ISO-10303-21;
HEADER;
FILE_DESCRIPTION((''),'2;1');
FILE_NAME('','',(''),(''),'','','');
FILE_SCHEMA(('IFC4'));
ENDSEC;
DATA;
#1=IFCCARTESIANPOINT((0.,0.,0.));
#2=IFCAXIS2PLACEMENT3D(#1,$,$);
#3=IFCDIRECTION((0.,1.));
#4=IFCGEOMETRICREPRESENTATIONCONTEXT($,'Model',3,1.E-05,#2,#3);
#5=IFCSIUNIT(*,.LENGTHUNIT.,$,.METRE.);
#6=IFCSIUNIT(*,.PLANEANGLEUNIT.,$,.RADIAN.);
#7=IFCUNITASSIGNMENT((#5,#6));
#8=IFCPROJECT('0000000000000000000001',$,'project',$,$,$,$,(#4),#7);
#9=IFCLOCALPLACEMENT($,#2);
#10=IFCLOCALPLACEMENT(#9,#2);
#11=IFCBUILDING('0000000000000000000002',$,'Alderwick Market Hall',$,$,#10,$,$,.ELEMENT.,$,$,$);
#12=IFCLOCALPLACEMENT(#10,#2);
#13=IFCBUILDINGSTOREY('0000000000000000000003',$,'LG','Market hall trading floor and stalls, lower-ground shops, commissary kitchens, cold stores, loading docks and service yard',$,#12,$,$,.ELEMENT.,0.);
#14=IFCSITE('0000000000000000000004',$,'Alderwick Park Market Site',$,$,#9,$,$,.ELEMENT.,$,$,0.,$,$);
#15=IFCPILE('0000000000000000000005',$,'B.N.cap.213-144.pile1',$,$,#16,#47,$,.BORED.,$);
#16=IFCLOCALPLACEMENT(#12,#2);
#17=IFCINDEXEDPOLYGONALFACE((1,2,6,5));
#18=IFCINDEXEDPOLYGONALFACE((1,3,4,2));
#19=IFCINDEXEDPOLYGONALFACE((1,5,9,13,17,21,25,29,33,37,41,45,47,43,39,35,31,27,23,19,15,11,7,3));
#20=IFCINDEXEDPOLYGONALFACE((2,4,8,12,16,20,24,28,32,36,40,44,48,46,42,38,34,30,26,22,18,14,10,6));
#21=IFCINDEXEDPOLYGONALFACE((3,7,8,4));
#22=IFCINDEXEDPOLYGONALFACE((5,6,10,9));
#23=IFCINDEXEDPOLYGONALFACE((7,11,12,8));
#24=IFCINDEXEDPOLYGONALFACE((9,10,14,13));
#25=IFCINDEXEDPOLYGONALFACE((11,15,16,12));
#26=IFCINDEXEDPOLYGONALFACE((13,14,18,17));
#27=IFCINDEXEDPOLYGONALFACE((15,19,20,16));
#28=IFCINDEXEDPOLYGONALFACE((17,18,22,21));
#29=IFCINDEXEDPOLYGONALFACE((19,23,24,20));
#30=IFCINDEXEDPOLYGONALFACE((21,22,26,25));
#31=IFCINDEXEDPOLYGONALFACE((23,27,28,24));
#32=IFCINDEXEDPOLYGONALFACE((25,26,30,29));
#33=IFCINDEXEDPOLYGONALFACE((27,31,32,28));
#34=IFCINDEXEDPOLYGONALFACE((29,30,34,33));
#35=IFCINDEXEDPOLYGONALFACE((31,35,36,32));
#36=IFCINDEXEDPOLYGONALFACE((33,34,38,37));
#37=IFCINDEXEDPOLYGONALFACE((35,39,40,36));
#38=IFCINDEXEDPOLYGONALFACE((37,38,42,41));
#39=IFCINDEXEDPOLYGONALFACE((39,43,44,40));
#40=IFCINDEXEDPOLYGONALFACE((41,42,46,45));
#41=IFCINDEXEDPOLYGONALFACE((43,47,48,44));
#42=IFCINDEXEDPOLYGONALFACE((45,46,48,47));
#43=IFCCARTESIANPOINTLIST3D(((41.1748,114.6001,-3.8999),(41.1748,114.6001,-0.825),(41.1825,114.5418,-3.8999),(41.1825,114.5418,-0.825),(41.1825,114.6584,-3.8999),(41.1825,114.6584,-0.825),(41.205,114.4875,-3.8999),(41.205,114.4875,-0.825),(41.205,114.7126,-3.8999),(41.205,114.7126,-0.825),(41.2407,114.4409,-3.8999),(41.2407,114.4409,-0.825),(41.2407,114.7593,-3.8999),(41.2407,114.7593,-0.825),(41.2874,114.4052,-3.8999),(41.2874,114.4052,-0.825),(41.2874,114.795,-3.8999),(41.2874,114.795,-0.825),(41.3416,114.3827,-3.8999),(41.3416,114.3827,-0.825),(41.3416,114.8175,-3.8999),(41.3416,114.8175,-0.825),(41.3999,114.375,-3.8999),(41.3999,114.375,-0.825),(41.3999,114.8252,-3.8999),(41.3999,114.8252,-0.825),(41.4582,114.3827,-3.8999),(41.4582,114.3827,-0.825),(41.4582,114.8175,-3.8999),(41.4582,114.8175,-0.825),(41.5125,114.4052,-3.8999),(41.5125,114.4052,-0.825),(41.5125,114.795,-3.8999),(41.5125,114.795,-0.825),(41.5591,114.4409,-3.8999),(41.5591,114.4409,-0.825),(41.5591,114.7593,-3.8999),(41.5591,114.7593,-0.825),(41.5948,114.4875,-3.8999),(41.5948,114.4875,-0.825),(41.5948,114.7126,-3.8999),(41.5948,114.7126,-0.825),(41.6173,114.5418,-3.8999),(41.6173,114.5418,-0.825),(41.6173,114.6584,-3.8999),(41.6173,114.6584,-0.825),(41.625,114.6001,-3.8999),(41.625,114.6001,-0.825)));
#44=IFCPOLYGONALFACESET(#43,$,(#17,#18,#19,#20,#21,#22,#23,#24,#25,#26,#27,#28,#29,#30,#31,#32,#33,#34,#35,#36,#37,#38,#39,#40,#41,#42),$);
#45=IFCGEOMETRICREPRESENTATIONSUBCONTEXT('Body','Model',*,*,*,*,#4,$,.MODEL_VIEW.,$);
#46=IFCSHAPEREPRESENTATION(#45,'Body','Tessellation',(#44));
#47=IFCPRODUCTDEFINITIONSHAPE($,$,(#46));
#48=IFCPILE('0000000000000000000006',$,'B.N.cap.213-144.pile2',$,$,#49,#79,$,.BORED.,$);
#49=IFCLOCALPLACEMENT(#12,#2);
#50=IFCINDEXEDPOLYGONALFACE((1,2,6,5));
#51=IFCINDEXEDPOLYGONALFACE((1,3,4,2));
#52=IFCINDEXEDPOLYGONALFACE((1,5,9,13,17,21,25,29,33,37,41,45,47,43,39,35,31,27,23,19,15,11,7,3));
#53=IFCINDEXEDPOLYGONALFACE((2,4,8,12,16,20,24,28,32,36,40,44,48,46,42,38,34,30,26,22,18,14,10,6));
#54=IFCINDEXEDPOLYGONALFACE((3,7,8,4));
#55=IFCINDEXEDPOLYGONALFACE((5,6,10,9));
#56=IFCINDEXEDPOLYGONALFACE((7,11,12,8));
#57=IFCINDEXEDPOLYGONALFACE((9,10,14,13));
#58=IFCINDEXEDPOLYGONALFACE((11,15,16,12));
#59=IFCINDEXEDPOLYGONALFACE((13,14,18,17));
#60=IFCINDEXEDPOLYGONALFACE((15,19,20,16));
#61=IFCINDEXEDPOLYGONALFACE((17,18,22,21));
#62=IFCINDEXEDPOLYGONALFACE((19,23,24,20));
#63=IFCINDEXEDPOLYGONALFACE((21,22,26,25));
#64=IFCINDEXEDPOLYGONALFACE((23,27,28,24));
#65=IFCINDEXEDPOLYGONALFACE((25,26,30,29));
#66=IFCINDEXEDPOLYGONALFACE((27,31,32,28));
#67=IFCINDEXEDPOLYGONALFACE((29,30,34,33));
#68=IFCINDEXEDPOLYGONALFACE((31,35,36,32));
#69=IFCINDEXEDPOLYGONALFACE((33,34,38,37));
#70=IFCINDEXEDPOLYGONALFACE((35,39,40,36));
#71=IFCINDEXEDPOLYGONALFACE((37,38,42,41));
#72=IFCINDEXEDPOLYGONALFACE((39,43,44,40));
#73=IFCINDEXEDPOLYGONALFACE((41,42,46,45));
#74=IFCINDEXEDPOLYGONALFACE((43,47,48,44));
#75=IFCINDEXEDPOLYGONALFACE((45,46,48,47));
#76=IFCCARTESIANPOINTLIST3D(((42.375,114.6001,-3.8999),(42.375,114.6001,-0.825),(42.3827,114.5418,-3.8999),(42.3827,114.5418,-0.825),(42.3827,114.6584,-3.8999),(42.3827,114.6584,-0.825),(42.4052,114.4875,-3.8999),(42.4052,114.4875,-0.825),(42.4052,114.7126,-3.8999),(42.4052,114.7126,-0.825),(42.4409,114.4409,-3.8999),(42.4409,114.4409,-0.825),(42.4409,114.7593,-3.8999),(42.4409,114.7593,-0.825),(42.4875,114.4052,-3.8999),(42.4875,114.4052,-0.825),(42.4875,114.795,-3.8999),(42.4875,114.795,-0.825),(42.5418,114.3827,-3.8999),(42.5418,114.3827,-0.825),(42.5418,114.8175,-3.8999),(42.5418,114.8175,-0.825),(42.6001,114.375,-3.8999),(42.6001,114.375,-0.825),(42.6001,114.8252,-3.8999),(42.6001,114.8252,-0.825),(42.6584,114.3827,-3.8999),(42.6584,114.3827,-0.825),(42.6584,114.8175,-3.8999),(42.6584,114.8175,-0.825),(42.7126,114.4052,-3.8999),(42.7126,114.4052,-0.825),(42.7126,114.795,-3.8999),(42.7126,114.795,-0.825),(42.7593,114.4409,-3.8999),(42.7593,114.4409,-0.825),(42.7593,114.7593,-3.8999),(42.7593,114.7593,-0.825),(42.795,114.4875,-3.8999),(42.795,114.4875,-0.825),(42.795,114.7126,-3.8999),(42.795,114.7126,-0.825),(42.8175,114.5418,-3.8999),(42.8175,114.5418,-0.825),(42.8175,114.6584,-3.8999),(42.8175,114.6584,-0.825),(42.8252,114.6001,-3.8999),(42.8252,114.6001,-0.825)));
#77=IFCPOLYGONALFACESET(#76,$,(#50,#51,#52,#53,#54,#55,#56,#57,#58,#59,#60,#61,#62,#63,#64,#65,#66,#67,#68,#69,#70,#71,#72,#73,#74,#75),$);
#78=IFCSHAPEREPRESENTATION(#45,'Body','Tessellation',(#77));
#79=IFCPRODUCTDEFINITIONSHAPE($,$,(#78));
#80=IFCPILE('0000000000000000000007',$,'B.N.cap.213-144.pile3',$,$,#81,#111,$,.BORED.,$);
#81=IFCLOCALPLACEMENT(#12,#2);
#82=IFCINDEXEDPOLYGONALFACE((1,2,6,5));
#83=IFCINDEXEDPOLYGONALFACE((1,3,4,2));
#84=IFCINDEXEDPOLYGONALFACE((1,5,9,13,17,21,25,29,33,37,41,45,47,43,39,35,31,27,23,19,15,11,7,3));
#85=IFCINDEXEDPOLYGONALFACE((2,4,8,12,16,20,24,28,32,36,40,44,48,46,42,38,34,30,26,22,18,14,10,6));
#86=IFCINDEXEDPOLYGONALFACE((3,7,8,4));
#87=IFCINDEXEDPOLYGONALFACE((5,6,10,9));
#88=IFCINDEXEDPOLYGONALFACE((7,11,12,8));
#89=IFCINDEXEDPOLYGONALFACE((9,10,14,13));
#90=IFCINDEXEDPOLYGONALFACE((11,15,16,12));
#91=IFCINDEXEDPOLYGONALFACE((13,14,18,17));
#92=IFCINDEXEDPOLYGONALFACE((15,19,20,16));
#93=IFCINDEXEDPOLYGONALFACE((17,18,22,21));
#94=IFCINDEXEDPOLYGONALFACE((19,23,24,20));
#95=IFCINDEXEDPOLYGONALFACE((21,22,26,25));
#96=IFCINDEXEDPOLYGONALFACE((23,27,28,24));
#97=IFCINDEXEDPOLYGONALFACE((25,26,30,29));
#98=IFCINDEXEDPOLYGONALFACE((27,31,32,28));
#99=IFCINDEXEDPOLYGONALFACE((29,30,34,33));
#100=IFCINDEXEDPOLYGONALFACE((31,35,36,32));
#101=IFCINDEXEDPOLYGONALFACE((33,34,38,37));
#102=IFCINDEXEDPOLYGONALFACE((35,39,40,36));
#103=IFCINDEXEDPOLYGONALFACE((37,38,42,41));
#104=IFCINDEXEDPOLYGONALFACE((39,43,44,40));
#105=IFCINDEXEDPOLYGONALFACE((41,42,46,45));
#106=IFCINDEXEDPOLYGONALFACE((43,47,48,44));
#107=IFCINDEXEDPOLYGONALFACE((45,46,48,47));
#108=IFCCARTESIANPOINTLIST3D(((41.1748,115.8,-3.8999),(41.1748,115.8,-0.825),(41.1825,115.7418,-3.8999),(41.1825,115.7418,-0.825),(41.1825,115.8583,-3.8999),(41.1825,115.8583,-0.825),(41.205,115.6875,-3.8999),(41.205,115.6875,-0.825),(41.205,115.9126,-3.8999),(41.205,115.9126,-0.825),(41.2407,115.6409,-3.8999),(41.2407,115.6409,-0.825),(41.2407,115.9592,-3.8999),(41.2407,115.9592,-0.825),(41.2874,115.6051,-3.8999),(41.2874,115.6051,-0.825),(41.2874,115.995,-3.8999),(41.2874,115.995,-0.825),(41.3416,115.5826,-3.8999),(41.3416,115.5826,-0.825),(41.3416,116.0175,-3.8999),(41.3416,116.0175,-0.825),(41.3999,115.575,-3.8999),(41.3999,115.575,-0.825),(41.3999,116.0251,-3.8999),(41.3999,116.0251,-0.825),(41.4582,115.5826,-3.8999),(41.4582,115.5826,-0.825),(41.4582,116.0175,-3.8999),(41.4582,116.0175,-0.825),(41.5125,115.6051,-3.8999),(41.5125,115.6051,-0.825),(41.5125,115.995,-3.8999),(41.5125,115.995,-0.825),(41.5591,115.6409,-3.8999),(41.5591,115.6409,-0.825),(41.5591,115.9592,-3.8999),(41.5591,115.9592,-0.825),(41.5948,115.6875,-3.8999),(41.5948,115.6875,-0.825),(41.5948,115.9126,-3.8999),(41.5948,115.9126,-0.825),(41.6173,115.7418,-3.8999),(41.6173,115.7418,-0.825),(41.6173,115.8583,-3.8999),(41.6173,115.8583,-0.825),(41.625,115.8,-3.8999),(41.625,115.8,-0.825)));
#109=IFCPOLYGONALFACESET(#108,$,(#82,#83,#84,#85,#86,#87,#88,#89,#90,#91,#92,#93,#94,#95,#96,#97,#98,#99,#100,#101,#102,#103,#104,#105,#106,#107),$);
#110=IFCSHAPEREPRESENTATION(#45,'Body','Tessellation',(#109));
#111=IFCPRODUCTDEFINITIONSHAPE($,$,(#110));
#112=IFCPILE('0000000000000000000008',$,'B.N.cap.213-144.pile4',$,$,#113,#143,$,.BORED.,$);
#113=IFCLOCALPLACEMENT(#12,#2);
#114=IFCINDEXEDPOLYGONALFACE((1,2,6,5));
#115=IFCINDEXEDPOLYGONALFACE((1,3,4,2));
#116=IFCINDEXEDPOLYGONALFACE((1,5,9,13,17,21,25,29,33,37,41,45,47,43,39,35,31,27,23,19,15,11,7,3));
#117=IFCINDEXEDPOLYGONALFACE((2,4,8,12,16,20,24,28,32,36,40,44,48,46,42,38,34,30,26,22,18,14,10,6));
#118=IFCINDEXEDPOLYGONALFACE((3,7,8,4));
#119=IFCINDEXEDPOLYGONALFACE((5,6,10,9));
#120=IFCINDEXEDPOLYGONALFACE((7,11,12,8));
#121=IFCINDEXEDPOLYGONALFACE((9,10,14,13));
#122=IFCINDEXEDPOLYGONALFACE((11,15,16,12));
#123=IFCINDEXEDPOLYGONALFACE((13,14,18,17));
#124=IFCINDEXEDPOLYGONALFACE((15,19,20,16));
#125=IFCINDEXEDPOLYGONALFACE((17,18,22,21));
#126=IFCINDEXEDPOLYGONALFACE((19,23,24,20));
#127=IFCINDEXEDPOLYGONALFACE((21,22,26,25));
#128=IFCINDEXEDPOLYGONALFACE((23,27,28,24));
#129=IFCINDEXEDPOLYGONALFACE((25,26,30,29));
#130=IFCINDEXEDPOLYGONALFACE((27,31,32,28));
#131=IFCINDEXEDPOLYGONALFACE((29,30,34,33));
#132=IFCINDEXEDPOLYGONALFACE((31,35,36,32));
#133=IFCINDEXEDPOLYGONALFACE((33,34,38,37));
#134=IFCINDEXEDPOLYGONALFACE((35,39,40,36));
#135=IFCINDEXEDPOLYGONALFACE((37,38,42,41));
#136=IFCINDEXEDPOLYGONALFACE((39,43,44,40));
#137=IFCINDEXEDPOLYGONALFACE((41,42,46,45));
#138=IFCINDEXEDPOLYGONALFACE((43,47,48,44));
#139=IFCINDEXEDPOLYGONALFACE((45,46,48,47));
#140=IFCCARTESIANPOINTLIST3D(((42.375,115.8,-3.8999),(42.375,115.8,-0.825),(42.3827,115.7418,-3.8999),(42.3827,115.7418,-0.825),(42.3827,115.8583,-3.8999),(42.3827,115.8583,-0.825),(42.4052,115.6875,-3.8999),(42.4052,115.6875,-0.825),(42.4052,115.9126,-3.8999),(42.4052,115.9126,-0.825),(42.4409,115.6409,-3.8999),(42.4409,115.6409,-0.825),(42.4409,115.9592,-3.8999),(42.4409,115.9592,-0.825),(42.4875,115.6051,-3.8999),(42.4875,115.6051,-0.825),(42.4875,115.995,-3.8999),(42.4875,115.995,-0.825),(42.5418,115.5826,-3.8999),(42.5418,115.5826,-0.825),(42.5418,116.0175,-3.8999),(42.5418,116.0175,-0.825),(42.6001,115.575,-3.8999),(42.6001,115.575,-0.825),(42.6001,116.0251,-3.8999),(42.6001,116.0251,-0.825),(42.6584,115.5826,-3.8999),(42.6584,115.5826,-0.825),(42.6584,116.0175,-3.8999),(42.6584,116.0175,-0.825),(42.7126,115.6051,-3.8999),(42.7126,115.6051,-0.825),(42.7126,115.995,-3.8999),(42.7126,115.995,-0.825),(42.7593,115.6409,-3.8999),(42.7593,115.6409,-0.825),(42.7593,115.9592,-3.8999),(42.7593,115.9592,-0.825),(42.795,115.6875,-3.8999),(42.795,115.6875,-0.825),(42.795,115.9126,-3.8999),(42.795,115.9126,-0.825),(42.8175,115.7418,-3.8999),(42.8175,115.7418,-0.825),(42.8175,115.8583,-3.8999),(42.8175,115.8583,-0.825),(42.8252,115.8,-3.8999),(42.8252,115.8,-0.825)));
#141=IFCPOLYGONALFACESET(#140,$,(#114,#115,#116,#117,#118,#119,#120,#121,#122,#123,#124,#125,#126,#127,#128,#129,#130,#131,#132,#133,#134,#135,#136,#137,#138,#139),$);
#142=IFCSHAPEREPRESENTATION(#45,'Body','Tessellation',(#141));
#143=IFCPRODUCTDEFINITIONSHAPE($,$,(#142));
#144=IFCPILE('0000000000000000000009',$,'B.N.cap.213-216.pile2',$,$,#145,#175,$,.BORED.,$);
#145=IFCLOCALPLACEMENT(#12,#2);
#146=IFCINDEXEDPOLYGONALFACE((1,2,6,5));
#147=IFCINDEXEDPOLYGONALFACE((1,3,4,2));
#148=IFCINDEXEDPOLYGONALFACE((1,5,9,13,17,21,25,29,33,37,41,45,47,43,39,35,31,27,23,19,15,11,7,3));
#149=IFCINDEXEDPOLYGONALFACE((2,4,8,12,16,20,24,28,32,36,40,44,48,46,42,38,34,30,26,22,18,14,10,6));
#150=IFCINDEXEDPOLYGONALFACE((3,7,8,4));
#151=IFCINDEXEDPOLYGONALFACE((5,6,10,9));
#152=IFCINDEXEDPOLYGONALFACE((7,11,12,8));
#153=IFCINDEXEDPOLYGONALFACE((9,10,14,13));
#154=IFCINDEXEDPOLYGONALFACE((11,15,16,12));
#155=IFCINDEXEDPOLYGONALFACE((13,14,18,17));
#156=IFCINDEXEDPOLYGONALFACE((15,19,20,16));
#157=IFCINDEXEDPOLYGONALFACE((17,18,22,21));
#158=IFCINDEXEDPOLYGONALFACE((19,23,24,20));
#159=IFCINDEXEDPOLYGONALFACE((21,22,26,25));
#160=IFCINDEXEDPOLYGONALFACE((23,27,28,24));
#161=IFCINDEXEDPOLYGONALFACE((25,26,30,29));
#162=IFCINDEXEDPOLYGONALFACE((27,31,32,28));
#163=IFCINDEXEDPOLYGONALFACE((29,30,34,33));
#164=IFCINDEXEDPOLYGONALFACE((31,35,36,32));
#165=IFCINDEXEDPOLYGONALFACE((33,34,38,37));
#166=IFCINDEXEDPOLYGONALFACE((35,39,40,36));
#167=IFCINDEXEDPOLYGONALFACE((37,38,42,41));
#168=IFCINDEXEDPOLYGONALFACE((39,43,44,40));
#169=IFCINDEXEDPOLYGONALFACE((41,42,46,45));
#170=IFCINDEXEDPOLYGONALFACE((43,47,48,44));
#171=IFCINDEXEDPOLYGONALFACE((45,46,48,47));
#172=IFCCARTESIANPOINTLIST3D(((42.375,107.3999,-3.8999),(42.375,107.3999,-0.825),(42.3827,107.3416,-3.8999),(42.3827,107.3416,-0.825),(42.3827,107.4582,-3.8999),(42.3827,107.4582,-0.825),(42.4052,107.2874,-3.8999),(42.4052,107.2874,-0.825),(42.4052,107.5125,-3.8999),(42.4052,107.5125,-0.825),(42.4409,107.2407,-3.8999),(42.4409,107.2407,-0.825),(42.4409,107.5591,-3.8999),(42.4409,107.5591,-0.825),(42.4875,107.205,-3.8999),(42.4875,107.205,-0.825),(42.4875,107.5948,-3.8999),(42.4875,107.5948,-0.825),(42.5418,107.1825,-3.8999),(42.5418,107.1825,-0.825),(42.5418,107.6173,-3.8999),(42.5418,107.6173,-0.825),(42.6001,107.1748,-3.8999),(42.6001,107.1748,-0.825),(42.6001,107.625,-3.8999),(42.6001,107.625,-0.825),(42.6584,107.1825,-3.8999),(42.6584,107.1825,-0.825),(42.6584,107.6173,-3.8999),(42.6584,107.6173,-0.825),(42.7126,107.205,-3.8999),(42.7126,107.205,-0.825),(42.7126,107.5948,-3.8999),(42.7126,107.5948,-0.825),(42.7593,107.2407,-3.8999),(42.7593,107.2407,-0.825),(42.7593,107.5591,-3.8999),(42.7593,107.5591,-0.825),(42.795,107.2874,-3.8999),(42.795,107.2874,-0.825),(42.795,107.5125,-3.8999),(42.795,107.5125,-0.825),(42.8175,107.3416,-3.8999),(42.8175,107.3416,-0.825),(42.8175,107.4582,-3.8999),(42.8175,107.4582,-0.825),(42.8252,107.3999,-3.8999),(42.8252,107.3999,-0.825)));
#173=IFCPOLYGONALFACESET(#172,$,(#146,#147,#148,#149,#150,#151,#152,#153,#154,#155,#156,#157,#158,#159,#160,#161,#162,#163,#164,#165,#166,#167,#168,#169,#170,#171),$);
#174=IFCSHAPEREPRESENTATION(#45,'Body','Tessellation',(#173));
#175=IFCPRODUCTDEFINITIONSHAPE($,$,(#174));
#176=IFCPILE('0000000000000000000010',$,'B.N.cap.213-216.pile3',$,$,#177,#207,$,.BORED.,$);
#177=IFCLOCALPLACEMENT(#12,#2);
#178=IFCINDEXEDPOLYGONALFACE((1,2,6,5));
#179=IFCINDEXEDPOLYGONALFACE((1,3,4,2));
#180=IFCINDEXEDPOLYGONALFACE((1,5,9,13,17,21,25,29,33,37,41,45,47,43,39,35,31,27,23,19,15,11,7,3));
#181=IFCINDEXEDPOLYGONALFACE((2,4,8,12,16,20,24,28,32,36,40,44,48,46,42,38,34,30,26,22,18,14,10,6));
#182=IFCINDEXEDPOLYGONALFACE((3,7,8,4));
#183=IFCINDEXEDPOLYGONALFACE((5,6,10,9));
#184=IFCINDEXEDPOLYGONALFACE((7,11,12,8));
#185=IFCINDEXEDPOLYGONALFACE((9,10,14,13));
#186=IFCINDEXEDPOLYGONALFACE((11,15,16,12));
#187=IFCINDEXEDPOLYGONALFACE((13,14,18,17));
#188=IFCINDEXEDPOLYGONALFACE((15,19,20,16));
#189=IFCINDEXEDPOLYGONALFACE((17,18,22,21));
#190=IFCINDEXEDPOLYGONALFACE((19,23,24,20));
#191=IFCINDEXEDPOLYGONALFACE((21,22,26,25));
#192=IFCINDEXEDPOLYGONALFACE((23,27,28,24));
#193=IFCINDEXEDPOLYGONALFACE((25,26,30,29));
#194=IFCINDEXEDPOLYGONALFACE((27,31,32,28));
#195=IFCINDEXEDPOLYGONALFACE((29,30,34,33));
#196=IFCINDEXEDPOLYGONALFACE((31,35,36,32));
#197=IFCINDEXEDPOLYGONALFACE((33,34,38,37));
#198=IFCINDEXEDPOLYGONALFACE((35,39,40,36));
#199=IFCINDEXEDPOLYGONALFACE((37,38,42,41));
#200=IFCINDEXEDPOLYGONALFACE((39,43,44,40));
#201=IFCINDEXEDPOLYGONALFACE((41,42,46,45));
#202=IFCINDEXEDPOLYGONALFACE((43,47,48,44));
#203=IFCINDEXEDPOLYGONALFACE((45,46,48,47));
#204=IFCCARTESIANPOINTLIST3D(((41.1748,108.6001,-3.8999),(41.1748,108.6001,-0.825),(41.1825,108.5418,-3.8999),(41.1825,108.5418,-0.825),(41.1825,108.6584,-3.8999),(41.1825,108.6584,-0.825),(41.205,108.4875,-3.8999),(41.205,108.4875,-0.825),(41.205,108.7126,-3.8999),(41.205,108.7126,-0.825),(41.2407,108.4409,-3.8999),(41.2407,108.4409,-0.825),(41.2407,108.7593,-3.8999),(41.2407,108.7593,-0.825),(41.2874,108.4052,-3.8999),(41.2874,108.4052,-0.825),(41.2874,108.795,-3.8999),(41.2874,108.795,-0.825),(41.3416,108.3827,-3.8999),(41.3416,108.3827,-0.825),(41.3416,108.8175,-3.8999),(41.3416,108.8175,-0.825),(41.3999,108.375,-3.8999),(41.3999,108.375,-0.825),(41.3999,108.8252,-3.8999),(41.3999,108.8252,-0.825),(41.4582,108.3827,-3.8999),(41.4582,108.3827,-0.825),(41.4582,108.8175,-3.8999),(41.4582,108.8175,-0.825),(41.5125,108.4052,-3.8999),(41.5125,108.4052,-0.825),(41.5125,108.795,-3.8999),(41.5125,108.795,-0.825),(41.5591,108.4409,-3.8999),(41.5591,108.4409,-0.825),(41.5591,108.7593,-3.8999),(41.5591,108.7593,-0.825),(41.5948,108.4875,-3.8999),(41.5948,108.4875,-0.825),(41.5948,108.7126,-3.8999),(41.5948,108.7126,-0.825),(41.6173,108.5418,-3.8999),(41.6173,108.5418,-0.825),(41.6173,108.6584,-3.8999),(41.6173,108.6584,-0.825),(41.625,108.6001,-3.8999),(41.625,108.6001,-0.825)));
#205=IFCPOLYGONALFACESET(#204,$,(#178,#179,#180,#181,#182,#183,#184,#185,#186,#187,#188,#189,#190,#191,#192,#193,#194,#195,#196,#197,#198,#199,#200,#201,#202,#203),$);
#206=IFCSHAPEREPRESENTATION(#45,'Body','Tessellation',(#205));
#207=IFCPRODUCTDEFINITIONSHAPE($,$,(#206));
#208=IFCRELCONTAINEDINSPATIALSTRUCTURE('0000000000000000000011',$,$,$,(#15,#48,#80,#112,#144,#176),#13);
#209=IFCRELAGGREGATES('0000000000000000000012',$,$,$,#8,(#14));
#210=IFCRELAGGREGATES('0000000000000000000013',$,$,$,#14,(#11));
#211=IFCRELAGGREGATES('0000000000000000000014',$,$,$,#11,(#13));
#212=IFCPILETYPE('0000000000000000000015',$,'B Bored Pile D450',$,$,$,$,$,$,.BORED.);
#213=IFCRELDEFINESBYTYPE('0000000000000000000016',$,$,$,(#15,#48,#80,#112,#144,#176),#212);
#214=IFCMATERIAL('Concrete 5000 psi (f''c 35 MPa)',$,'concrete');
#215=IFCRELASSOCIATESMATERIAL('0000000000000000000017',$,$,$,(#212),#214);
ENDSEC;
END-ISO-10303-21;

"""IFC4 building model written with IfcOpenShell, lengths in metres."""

from ifc_helpers import new_model, si_unit, direction, frame, origin, origin_2d, place, context, subcontext, project, spatial, circle, extrude, material, material_profile, profile_set, type_object, element, save


model = new_model("IFC4")

# Units and contexts
model_context = context("Model", 3, precision=1e-05, world=origin(), true_north=direction((0.0, 1.0)))
body_context = subcontext(model_context, "Body", "Model", "MODEL_VIEW")
ifc_project = project(units=[si_unit("LENGTHUNIT", "METRE"), si_unit("PLANEANGLEUNIT", "RADIAN")], contexts=[model_context])

# Site, building, storey
site_placement = place(None, origin())
site = spatial("IfcSite", under=ifc_project, at=site_placement, Name="Alderwick Park Market Site", CompositionType="ELEMENT", RefElevation=0.0)
building_placement = place(site_placement, origin())
building = spatial("IfcBuilding", under=site, at=building_placement, Name="Alderwick Market Hall", CompositionType="ELEMENT")
storey_placement = place(building_placement, origin())
storey = spatial("IfcBuildingStorey", under=building, at=storey_placement, Name="LG", Description="Market hall trading floor and stalls, lower-ground shops, commissary kitchens, cold stores, loading docks and service yard", CompositionType="ELEMENT", Elevation=0.0)

# Piles
ifc_material_1 = material(Name="Concrete 5000 psi (f'c 35 MPa)", Category="concrete")
ifc_material_profile_1 = material_profile(ifc_material_1, circle(Radius=0.2251, at=origin_2d()), Name="B Bored Pile D450")
ifc_profile_set_1 = profile_set([ifc_material_profile_1], Name="Concrete 5000 psi (f'c 35 MPa)")
pile_type = type_object("IfcPileType", Name="B Bored Pile D450", PredefinedType="BORED", material=ifc_profile_set_1)
for number, where, z_axis, x_axis, name in (
    (1, (41.3999, 114.6001, -0.825), (0.0, 0.0, -1.0), (1.0, 0.0, 0.0), "B.N.cap.213-144.pile1"),
    (2, (42.6001, 114.6001, -0.825), (0.0, 0.0, -1.0), (1.0, 0.0, 0.0), "B.N.cap.213-144.pile2"),
    (3, (41.3999, 115.8, -0.825), (0.0, 0.0, -1.0), (1.0, 0.0, 0.0), "B.N.cap.213-144.pile3"),
    (4, (42.6001, 115.8, -0.825), (0.0, 0.0, -1.0), (1.0, 0.0, 0.0), "B.N.cap.213-144.pile4"),
    (5, (42.6001, 107.3999, -0.825), (0.0, 0.0, -1.0), (1.0, 0.0, 0.0), "B.N.cap.213-216.pile2"),
    (6, (41.3999, 108.6001, -0.825), (0.0, 0.0, -1.0), (1.0, 0.0, 0.0), "B.N.cap.213-216.pile3"),
):
    element("IfcPile", number, at=place(storey_placement, frame(where, z_axis=z_axis, x_axis=x_axis)), inside=storey, type_object=pile_type, Name=name, PredefinedType="BORED", context=body_context, shape_type="SweptSolid", body=[
        extrude(circle(Radius=0.2251, at=origin_2d()), origin(), (0.0, 0.0, 1.0), 3.075),
    ])

save(model, "model.ifc")
